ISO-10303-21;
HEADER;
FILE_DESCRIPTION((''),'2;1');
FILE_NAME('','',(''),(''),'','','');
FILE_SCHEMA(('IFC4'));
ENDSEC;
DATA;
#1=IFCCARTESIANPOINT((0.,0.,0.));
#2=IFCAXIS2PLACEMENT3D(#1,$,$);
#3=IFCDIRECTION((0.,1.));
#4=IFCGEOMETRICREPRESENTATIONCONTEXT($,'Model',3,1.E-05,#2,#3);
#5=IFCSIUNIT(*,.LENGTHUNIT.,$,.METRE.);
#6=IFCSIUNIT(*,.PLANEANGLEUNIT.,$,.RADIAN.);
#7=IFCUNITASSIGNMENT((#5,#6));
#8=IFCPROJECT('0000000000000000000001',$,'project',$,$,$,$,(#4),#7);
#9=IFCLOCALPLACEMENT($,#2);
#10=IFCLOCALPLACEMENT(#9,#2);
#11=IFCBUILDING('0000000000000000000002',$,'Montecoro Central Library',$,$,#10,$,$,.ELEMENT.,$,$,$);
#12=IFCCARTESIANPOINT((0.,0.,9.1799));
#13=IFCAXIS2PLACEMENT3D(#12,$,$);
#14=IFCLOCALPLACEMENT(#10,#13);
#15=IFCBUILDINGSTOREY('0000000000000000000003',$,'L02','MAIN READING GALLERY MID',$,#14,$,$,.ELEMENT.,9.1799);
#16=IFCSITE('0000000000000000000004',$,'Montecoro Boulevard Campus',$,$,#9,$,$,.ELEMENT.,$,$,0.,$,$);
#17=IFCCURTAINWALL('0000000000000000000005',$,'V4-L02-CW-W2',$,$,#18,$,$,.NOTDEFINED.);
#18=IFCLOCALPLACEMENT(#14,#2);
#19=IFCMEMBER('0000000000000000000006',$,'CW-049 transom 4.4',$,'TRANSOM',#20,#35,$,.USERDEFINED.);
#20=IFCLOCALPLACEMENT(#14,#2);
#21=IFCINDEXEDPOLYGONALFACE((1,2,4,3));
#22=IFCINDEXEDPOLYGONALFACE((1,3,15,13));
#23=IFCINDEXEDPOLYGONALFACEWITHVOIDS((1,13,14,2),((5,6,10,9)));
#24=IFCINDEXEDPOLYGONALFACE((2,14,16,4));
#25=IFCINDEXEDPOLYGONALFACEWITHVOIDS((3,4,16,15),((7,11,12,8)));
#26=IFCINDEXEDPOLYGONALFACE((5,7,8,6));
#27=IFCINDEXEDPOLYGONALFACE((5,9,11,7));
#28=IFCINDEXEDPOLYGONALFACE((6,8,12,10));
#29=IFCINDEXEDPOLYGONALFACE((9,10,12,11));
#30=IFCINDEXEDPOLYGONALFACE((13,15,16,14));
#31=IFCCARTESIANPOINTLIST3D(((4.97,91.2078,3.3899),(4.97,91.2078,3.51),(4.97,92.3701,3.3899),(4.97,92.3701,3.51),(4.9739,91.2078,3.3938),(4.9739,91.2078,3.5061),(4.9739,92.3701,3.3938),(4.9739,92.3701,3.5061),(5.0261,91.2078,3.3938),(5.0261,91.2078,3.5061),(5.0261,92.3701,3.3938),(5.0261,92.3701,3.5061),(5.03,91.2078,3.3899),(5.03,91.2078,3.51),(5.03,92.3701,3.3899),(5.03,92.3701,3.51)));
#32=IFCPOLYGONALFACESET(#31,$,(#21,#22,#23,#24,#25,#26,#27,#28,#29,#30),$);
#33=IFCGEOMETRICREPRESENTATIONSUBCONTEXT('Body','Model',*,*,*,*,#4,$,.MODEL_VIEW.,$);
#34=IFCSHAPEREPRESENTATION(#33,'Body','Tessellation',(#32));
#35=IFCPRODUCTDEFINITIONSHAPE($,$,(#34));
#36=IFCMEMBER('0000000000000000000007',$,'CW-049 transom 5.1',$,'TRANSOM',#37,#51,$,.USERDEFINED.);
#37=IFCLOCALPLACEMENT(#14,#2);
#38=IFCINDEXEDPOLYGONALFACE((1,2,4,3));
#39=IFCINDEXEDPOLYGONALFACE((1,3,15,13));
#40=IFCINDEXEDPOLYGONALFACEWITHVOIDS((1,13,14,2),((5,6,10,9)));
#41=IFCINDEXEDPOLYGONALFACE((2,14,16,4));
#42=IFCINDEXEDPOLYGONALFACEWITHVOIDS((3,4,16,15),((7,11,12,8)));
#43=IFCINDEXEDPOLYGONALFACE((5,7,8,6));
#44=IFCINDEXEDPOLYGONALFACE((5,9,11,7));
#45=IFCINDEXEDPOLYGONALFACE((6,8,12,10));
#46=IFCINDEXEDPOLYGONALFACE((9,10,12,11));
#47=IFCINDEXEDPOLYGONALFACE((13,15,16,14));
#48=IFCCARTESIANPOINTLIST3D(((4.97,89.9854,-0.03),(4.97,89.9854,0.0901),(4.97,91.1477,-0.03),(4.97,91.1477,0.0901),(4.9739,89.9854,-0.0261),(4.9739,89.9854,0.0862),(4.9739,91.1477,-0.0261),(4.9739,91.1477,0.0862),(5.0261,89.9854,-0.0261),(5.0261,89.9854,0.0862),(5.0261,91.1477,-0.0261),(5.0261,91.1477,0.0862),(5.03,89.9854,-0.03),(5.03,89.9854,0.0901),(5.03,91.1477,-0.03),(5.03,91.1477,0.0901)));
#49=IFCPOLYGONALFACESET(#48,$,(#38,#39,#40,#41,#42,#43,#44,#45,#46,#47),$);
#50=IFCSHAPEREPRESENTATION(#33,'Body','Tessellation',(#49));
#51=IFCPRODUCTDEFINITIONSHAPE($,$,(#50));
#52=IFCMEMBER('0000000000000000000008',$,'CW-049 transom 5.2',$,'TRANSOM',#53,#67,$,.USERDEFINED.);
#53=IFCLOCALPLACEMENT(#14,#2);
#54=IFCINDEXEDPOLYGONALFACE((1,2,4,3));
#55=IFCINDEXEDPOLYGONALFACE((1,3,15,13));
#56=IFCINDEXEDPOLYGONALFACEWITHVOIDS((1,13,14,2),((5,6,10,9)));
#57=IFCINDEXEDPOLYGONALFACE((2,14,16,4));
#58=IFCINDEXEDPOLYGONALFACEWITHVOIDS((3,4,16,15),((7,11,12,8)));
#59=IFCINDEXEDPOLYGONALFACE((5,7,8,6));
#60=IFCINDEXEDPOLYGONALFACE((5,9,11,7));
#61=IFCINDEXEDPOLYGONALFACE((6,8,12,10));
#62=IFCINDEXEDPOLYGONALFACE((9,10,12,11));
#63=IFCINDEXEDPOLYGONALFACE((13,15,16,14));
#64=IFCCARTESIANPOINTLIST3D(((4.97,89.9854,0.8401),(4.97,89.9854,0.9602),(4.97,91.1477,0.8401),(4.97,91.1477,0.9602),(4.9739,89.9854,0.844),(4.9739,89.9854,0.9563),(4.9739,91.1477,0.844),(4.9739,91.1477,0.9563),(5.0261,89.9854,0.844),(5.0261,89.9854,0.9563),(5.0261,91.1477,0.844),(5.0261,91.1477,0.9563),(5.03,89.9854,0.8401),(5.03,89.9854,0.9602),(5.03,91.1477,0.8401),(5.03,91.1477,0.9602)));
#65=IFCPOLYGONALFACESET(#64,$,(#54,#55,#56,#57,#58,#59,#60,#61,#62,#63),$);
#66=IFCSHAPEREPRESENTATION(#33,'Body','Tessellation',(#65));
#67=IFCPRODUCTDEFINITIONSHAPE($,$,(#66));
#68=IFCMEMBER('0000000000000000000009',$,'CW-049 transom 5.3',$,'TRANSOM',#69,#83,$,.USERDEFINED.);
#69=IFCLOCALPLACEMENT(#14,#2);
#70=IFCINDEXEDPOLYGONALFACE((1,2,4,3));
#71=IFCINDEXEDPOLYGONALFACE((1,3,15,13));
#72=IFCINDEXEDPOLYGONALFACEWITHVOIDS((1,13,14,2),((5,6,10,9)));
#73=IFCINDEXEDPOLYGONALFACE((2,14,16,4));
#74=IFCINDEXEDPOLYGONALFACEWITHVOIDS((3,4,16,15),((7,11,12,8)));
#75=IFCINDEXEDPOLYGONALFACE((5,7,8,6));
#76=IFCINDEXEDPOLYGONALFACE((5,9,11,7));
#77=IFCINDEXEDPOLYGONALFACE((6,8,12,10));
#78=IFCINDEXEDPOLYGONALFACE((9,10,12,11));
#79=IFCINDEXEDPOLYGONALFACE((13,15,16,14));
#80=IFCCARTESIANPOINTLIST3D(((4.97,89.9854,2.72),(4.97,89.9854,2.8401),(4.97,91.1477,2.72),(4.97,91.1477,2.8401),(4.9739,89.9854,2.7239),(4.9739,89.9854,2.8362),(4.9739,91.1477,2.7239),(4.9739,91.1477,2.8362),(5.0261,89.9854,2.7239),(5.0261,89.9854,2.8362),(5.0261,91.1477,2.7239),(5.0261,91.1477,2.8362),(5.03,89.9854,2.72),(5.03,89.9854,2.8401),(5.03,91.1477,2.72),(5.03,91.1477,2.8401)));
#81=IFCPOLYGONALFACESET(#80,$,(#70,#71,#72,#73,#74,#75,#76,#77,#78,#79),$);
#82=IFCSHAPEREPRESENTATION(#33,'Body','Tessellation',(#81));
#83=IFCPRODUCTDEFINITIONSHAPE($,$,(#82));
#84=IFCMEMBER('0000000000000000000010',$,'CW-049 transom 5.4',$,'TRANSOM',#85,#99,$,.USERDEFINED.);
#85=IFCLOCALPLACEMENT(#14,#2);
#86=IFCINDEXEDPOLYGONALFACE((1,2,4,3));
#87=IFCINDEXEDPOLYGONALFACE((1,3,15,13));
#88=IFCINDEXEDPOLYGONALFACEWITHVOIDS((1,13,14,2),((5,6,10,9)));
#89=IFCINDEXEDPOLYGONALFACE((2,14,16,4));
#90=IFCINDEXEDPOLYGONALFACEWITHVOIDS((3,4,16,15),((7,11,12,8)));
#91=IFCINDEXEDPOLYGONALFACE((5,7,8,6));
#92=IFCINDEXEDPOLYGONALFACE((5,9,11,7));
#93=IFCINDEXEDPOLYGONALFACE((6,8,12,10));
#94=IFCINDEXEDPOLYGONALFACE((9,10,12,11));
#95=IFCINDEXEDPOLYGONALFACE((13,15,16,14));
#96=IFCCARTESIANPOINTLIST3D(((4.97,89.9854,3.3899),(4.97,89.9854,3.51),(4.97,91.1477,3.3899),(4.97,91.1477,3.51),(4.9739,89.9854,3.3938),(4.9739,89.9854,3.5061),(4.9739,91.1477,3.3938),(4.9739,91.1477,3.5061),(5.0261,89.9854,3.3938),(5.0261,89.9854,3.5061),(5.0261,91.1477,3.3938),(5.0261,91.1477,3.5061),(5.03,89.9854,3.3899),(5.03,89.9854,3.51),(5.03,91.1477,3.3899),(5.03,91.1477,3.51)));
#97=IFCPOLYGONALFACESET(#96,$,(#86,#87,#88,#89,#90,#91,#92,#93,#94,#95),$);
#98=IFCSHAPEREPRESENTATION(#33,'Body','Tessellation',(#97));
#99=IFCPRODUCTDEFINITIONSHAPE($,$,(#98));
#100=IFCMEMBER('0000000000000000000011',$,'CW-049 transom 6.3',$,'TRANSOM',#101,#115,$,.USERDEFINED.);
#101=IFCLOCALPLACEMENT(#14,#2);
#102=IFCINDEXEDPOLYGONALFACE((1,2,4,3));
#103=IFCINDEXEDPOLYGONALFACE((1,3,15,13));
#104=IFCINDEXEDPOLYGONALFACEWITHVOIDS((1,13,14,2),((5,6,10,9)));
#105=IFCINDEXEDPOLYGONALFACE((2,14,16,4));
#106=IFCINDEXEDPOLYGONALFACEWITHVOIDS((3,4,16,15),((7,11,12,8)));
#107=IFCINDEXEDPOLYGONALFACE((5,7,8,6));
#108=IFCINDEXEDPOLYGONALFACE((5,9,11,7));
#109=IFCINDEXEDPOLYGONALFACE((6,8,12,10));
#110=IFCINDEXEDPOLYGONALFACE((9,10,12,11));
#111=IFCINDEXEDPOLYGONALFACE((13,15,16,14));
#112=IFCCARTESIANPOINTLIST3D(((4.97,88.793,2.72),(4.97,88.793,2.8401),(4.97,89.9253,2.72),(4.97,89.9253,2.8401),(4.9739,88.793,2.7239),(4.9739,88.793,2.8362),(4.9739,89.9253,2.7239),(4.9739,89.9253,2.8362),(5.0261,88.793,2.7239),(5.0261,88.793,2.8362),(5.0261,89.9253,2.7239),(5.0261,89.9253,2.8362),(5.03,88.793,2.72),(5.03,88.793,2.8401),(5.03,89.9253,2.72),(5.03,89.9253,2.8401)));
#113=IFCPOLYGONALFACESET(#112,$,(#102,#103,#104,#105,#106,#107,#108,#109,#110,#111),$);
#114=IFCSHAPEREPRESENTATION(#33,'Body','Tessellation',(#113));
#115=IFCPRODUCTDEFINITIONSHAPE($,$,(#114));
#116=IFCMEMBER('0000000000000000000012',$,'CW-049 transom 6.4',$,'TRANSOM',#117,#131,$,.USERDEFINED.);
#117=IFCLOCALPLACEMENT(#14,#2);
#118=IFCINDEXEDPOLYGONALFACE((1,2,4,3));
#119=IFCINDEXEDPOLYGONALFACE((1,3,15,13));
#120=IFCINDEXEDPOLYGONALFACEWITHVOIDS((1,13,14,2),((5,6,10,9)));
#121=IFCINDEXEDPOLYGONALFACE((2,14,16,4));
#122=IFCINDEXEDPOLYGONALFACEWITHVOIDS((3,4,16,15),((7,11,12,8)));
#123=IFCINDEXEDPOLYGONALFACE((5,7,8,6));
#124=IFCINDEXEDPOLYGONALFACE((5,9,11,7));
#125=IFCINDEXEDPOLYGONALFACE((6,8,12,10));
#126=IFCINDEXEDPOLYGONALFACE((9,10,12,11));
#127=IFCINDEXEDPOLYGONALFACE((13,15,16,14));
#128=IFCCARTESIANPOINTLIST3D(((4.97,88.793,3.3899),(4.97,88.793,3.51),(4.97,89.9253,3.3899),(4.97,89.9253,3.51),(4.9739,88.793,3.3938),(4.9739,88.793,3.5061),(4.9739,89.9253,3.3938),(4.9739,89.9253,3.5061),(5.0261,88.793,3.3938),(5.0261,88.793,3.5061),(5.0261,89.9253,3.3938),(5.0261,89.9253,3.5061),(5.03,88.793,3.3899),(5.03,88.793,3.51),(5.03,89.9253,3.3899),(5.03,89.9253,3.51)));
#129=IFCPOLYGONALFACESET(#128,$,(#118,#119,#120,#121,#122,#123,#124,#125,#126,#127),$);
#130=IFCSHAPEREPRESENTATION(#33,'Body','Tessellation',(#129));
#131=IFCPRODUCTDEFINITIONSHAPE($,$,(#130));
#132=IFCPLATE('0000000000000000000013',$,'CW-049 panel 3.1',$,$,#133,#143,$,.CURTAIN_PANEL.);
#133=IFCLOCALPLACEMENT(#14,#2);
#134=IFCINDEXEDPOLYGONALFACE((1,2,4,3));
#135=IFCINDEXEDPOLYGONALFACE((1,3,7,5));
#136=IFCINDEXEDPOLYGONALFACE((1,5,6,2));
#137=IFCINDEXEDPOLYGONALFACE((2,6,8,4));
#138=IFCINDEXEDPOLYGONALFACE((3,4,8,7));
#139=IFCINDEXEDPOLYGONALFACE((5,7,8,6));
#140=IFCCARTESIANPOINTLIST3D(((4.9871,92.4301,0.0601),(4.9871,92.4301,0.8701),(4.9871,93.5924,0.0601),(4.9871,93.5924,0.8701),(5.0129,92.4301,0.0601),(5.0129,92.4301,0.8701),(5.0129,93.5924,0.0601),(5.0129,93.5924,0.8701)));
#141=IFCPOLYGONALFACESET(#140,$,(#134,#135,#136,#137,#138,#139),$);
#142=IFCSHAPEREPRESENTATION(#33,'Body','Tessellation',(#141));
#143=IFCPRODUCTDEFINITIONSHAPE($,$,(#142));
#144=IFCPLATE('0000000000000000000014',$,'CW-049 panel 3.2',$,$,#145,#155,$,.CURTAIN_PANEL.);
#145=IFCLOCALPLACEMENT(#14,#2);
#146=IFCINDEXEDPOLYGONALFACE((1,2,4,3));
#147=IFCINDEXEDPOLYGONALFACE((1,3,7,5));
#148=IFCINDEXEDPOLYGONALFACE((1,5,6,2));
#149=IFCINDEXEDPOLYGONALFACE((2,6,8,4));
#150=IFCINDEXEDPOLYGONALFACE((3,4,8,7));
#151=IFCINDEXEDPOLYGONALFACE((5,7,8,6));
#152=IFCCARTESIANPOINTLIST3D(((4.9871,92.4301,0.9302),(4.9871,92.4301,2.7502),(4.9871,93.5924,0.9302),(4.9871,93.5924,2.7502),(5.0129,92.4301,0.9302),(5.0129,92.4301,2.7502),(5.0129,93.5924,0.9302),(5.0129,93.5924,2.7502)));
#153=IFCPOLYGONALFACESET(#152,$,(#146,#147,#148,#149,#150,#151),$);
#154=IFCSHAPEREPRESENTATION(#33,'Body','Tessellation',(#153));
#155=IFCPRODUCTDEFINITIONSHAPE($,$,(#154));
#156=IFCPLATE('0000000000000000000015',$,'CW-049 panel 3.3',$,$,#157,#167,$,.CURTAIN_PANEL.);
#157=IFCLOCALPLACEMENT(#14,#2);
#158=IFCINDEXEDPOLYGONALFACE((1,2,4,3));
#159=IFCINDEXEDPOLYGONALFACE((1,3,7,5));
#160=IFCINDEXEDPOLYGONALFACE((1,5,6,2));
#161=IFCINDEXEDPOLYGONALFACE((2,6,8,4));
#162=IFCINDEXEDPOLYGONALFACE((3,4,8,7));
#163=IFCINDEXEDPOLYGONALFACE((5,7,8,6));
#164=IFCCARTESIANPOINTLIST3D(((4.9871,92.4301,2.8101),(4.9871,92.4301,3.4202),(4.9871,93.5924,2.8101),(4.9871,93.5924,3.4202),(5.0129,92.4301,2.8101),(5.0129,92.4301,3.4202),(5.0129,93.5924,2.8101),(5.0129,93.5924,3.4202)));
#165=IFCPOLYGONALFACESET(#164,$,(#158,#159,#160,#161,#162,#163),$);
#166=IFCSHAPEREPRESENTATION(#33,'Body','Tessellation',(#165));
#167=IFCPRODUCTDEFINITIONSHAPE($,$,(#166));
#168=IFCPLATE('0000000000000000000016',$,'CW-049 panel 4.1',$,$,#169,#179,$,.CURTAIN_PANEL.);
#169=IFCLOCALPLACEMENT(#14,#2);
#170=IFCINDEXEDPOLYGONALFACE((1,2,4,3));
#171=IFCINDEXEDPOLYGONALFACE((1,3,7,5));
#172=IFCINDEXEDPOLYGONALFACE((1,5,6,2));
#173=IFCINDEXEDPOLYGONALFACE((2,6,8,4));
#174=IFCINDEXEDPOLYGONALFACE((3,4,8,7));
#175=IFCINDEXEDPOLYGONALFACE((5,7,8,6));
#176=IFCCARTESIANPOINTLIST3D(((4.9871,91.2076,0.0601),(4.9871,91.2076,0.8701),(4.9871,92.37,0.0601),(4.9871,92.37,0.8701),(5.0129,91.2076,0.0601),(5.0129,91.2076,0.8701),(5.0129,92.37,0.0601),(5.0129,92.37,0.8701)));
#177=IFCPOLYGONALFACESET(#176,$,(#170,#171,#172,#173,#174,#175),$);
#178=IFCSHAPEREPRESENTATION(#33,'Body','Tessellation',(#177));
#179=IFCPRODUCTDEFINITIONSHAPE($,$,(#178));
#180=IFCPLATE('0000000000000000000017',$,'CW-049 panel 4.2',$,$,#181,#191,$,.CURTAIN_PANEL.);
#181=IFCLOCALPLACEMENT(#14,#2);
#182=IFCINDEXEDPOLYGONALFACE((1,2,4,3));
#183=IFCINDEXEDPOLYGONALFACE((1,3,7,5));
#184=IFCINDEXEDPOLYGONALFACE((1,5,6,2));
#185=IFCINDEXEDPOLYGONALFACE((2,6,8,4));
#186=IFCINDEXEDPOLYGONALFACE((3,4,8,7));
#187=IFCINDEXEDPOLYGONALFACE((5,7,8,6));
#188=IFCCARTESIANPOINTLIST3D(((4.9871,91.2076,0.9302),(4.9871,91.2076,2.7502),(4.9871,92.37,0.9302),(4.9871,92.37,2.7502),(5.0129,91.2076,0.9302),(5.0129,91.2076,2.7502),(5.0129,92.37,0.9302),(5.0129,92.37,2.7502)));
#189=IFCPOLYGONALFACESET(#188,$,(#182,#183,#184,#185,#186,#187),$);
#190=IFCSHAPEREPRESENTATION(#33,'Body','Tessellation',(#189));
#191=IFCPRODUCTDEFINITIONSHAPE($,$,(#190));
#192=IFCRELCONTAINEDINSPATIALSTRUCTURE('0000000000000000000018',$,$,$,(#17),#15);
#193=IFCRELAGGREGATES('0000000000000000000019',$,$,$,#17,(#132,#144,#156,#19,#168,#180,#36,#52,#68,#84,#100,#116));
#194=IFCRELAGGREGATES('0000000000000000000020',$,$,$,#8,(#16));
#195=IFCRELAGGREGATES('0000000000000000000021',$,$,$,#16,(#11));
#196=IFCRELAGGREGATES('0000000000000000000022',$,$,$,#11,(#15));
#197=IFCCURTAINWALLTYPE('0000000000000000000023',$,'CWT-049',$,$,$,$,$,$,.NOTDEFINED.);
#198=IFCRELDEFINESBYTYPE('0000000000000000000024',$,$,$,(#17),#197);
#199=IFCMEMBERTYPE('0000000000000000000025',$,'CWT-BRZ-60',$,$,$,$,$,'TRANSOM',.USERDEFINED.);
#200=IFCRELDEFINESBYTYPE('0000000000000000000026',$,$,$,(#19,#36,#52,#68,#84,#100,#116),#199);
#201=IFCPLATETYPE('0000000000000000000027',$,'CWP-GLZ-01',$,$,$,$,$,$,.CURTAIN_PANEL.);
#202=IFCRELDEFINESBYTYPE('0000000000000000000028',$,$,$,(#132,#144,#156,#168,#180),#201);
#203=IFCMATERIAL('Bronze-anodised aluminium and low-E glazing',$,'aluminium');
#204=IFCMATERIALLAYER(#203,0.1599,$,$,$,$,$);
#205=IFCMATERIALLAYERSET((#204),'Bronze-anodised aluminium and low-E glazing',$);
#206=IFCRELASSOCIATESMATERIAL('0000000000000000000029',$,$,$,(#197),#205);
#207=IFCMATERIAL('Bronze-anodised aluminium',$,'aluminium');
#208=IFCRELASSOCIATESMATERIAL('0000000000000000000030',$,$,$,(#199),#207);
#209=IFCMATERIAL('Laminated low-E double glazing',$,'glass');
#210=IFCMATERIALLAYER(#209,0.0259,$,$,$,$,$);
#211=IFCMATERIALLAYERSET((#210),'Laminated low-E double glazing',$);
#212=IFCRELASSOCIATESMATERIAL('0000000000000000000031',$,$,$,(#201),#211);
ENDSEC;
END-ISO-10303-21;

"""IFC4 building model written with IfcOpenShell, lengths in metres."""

from ifc_helpers import new_model, si_unit, direction, frame, origin, origin_2d, place, context, subcontext, project, spatial, rectangle, hollow_rectangle, extrude, material, layer, layer_set, material_profile, profile_set, type_object, element, aggregate, save


model = new_model("IFC4")

# Units and contexts
model_context = context("Model", 3, precision=1e-05, world=origin(), true_north=direction((0.0, 1.0)))
body_context = subcontext(model_context, "Body", "Model", "MODEL_VIEW")
ifc_project = project(units=[si_unit("LENGTHUNIT", "METRE"), si_unit("PLANEANGLEUNIT", "RADIAN")], contexts=[model_context])

# Site, building, storey
site_placement = place(None, origin())
site = spatial("IfcSite", under=ifc_project, at=site_placement, Name="Montecoro Boulevard Campus", CompositionType="ELEMENT", RefElevation=0.0)
building_placement = place(site_placement, origin())
building = spatial("IfcBuilding", under=site, at=building_placement, Name="Montecoro Central Library", CompositionType="ELEMENT")
storey_placement = place(building_placement, frame((0.0, 0.0, 9.1799)))
storey = spatial("IfcBuildingStorey", under=building, at=storey_placement, Name="L02", Description="MAIN READING GALLERY MID", CompositionType="ELEMENT", Elevation=9.1799)

# Curtain wall, members, plates
ifc_material_1 = material(Name="Bronze-anodised aluminium and low-E glazing", Category="aluminium")
ifc_layer_1 = layer(ifc_material_1, 0.1599)
ifc_layer_set_1 = layer_set([ifc_layer_1], Name="Bronze-anodised aluminium and low-E glazing")
curtain_wall_type = type_object("IfcCurtainWallType", Name="CWT-049", PredefinedType="NOTDEFINED", material=ifc_layer_set_1)
curtain_wall_placement = place(storey_placement, origin())
curtain_wall = element("IfcCurtainWall", 1, at=curtain_wall_placement, inside=storey, type_object=curtain_wall_type, Name="V4-L02-CW-W2", PredefinedType="NOTDEFINED")
ifc_material_2 = material(Name="Bronze-anodised aluminium", Category="aluminium")
ifc_material_profile_1 = material_profile(ifc_material_2, hollow_rectangle(XDim=0.0601, YDim=0.1201, WallThickness=0.0039, at=origin_2d()), Name="CWT 120x60x4.0")
ifc_profile_set_1 = profile_set([ifc_material_profile_1], Name="Bronze-anodised aluminium")
member_type_1 = type_object("IfcMemberType", Name="CWT-BRZ-60", ElementType="TRANSOM", PredefinedType="USERDEFINED", material=ifc_profile_set_1)
member_1_placement = place(storey_placement, frame((5.0, 92.3701, 3.45), z_axis=(0.0, -1.0, 0.0), x_axis=(1.0, 0.0, 0.0)))
member_1 = element("IfcMember", 2, at=member_1_placement, type_object=member_type_1, Name="CW-049 transom 4.4", ObjectType="TRANSOM", PredefinedType="USERDEFINED", context=body_context, shape_type="SweptSolid", body=[
    extrude(hollow_rectangle(XDim=0.0601, YDim=0.1201, WallThickness=0.0039, at=origin_2d()), origin(), (0.0, 0.0, 1.0), 1.1624),
])
member_2_placement = place(storey_placement, frame((5.0, 91.1477, 0.03), z_axis=(0.0, -1.0, 0.0), x_axis=(1.0, 0.0, 0.0)))
member_2 = element("IfcMember", 3, at=member_2_placement, type_object=member_type_1, Name="CW-049 transom 5.1", ObjectType="TRANSOM", PredefinedType="USERDEFINED", context=body_context, shape_type="SweptSolid", body=[
    extrude(hollow_rectangle(XDim=0.0601, YDim=0.1201, WallThickness=0.0039, at=origin_2d()), origin(), (0.0, 0.0, 1.0), 1.1624),
])
member_3_placement = place(storey_placement, frame((5.0, 91.1477, 0.9001), z_axis=(0.0, -1.0, 0.0), x_axis=(1.0, 0.0, 0.0)))
member_3 = element("IfcMember", 4, at=member_3_placement, type_object=member_type_1, Name="CW-049 transom 5.2", ObjectType="TRANSOM", PredefinedType="USERDEFINED", context=body_context, shape_type="SweptSolid", body=[
    extrude(hollow_rectangle(XDim=0.0601, YDim=0.1201, WallThickness=0.0039, at=origin_2d()), origin(), (0.0, 0.0, 1.0), 1.1624),
])
member_4_placement = place(storey_placement, frame((5.0, 91.1477, 2.78), z_axis=(0.0, -1.0, 0.0), x_axis=(1.0, 0.0, 0.0)))
member_4 = element("IfcMember", 5, at=member_4_placement, type_object=member_type_1, Name="CW-049 transom 5.3", ObjectType="TRANSOM", PredefinedType="USERDEFINED", context=body_context, shape_type="SweptSolid", body=[
    extrude(hollow_rectangle(XDim=0.0601, YDim=0.1201, WallThickness=0.0039, at=origin_2d()), origin(), (0.0, 0.0, 1.0), 1.1624),
])
member_5_placement = place(storey_placement, frame((5.0, 91.1477, 3.45), z_axis=(0.0, -1.0, 0.0), x_axis=(1.0, 0.0, 0.0)))
member_5 = element("IfcMember", 6, at=member_5_placement, type_object=member_type_1, Name="CW-049 transom 5.4", ObjectType="TRANSOM", PredefinedType="USERDEFINED", context=body_context, shape_type="SweptSolid", body=[
    extrude(hollow_rectangle(XDim=0.0601, YDim=0.1201, WallThickness=0.0039, at=origin_2d()), origin(), (0.0, 0.0, 1.0), 1.1624),
])
member_6_placement = place(storey_placement, frame((5.0, 89.9253, 2.78), z_axis=(0.0, -1.0, 0.0), x_axis=(1.0, 0.0, 0.0)))
member_6 = element("IfcMember", 7, at=member_6_placement, type_object=member_type_1, Name="CW-049 transom 6.3", ObjectType="TRANSOM", PredefinedType="USERDEFINED", context=body_context, shape_type="SweptSolid", body=[
    extrude(hollow_rectangle(XDim=0.0601, YDim=0.1201, WallThickness=0.0039, at=origin_2d()), origin(), (0.0, 0.0, 1.0), 1.1323),
])
member_7_placement = place(storey_placement, frame((5.0, 89.9253, 3.45), z_axis=(0.0, -1.0, 0.0), x_axis=(1.0, 0.0, 0.0)))
member_7 = element("IfcMember", 8, at=member_7_placement, type_object=member_type_1, Name="CW-049 transom 6.4", ObjectType="TRANSOM", PredefinedType="USERDEFINED", context=body_context, shape_type="SweptSolid", body=[
    extrude(hollow_rectangle(XDim=0.0601, YDim=0.1201, WallThickness=0.0039, at=origin_2d()), origin(), (0.0, 0.0, 1.0), 1.1323),
])
ifc_material_3 = material(Name="Laminated low-E double glazing", Category="glass")
ifc_layer_2 = layer(ifc_material_3, 0.0259)
ifc_layer_set_2 = layer_set([ifc_layer_2], Name="Laminated low-E double glazing")
plate_type = type_object("IfcPlateType", Name="CWP-GLZ-01", PredefinedType="CURTAIN_PANEL", material=ifc_layer_set_2)
plate_1_placement = place(storey_placement, frame((5.0, 93.0112, 0.0601), z_axis=(0.0, 0.0, 1.0), x_axis=(0.0, -1.0, 0.0)))
plate_1 = element("IfcPlate", 9, at=plate_1_placement, type_object=plate_type, Name="CW-049 panel 3.1", PredefinedType="CURTAIN_PANEL", context=body_context, shape_type="SweptSolid", body=[
    extrude(rectangle(XDim=1.1624, YDim=0.0259, at=origin_2d()), origin(), (0.0, 0.0, 1.0), 0.8101),
])
plate_2_placement = place(storey_placement, frame((5.0, 93.0112, 0.9302), z_axis=(0.0, 0.0, 1.0), x_axis=(0.0, -1.0, 0.0)))
plate_2 = element("IfcPlate", 10, at=plate_2_placement, type_object=plate_type, Name="CW-049 panel 3.2", PredefinedType="CURTAIN_PANEL", context=body_context, shape_type="SweptSolid", body=[
    extrude(rectangle(XDim=1.1624, YDim=0.0259, at=origin_2d()), origin(), (0.0, 0.0, 1.0), 1.8201),
])
plate_3_placement = place(storey_placement, frame((5.0, 93.0112, 2.8101), z_axis=(0.0, 0.0, 1.0), x_axis=(0.0, -1.0, 0.0)))
plate_3 = element("IfcPlate", 11, at=plate_3_placement, type_object=plate_type, Name="CW-049 panel 3.3", PredefinedType="CURTAIN_PANEL", context=body_context, shape_type="SweptSolid", body=[
    extrude(rectangle(XDim=1.1624, YDim=0.0259, at=origin_2d()), origin(), (0.0, 0.0, 1.0), 0.6101),
])
plate_4_placement = place(storey_placement, frame((5.0, 91.7888, 0.0601), z_axis=(0.0, 0.0, 1.0), x_axis=(0.0, -1.0, 0.0)))
plate_4 = element("IfcPlate", 12, at=plate_4_placement, type_object=plate_type, Name="CW-049 panel 4.1", PredefinedType="CURTAIN_PANEL", context=body_context, shape_type="SweptSolid", body=[
    extrude(rectangle(XDim=1.1624, YDim=0.0259, at=origin_2d()), origin(), (0.0, 0.0, 1.0), 0.8101),
])
plate_5_placement = place(storey_placement, frame((5.0, 91.7888, 0.9302), z_axis=(0.0, 0.0, 1.0), x_axis=(0.0, -1.0, 0.0)))
plate_5 = element("IfcPlate", 13, at=plate_5_placement, type_object=plate_type, Name="CW-049 panel 4.2", PredefinedType="CURTAIN_PANEL", context=body_context, shape_type="SweptSolid", body=[
    extrude(rectangle(XDim=1.1624, YDim=0.0259, at=origin_2d()), origin(), (0.0, 0.0, 1.0), 1.8201),
])
aggregate(curtain_wall, [plate_1, plate_2, plate_3, member_1, plate_4, plate_5, member_2, member_3, member_4, member_5, member_6, member_7])

save(model, "model.ifc")
